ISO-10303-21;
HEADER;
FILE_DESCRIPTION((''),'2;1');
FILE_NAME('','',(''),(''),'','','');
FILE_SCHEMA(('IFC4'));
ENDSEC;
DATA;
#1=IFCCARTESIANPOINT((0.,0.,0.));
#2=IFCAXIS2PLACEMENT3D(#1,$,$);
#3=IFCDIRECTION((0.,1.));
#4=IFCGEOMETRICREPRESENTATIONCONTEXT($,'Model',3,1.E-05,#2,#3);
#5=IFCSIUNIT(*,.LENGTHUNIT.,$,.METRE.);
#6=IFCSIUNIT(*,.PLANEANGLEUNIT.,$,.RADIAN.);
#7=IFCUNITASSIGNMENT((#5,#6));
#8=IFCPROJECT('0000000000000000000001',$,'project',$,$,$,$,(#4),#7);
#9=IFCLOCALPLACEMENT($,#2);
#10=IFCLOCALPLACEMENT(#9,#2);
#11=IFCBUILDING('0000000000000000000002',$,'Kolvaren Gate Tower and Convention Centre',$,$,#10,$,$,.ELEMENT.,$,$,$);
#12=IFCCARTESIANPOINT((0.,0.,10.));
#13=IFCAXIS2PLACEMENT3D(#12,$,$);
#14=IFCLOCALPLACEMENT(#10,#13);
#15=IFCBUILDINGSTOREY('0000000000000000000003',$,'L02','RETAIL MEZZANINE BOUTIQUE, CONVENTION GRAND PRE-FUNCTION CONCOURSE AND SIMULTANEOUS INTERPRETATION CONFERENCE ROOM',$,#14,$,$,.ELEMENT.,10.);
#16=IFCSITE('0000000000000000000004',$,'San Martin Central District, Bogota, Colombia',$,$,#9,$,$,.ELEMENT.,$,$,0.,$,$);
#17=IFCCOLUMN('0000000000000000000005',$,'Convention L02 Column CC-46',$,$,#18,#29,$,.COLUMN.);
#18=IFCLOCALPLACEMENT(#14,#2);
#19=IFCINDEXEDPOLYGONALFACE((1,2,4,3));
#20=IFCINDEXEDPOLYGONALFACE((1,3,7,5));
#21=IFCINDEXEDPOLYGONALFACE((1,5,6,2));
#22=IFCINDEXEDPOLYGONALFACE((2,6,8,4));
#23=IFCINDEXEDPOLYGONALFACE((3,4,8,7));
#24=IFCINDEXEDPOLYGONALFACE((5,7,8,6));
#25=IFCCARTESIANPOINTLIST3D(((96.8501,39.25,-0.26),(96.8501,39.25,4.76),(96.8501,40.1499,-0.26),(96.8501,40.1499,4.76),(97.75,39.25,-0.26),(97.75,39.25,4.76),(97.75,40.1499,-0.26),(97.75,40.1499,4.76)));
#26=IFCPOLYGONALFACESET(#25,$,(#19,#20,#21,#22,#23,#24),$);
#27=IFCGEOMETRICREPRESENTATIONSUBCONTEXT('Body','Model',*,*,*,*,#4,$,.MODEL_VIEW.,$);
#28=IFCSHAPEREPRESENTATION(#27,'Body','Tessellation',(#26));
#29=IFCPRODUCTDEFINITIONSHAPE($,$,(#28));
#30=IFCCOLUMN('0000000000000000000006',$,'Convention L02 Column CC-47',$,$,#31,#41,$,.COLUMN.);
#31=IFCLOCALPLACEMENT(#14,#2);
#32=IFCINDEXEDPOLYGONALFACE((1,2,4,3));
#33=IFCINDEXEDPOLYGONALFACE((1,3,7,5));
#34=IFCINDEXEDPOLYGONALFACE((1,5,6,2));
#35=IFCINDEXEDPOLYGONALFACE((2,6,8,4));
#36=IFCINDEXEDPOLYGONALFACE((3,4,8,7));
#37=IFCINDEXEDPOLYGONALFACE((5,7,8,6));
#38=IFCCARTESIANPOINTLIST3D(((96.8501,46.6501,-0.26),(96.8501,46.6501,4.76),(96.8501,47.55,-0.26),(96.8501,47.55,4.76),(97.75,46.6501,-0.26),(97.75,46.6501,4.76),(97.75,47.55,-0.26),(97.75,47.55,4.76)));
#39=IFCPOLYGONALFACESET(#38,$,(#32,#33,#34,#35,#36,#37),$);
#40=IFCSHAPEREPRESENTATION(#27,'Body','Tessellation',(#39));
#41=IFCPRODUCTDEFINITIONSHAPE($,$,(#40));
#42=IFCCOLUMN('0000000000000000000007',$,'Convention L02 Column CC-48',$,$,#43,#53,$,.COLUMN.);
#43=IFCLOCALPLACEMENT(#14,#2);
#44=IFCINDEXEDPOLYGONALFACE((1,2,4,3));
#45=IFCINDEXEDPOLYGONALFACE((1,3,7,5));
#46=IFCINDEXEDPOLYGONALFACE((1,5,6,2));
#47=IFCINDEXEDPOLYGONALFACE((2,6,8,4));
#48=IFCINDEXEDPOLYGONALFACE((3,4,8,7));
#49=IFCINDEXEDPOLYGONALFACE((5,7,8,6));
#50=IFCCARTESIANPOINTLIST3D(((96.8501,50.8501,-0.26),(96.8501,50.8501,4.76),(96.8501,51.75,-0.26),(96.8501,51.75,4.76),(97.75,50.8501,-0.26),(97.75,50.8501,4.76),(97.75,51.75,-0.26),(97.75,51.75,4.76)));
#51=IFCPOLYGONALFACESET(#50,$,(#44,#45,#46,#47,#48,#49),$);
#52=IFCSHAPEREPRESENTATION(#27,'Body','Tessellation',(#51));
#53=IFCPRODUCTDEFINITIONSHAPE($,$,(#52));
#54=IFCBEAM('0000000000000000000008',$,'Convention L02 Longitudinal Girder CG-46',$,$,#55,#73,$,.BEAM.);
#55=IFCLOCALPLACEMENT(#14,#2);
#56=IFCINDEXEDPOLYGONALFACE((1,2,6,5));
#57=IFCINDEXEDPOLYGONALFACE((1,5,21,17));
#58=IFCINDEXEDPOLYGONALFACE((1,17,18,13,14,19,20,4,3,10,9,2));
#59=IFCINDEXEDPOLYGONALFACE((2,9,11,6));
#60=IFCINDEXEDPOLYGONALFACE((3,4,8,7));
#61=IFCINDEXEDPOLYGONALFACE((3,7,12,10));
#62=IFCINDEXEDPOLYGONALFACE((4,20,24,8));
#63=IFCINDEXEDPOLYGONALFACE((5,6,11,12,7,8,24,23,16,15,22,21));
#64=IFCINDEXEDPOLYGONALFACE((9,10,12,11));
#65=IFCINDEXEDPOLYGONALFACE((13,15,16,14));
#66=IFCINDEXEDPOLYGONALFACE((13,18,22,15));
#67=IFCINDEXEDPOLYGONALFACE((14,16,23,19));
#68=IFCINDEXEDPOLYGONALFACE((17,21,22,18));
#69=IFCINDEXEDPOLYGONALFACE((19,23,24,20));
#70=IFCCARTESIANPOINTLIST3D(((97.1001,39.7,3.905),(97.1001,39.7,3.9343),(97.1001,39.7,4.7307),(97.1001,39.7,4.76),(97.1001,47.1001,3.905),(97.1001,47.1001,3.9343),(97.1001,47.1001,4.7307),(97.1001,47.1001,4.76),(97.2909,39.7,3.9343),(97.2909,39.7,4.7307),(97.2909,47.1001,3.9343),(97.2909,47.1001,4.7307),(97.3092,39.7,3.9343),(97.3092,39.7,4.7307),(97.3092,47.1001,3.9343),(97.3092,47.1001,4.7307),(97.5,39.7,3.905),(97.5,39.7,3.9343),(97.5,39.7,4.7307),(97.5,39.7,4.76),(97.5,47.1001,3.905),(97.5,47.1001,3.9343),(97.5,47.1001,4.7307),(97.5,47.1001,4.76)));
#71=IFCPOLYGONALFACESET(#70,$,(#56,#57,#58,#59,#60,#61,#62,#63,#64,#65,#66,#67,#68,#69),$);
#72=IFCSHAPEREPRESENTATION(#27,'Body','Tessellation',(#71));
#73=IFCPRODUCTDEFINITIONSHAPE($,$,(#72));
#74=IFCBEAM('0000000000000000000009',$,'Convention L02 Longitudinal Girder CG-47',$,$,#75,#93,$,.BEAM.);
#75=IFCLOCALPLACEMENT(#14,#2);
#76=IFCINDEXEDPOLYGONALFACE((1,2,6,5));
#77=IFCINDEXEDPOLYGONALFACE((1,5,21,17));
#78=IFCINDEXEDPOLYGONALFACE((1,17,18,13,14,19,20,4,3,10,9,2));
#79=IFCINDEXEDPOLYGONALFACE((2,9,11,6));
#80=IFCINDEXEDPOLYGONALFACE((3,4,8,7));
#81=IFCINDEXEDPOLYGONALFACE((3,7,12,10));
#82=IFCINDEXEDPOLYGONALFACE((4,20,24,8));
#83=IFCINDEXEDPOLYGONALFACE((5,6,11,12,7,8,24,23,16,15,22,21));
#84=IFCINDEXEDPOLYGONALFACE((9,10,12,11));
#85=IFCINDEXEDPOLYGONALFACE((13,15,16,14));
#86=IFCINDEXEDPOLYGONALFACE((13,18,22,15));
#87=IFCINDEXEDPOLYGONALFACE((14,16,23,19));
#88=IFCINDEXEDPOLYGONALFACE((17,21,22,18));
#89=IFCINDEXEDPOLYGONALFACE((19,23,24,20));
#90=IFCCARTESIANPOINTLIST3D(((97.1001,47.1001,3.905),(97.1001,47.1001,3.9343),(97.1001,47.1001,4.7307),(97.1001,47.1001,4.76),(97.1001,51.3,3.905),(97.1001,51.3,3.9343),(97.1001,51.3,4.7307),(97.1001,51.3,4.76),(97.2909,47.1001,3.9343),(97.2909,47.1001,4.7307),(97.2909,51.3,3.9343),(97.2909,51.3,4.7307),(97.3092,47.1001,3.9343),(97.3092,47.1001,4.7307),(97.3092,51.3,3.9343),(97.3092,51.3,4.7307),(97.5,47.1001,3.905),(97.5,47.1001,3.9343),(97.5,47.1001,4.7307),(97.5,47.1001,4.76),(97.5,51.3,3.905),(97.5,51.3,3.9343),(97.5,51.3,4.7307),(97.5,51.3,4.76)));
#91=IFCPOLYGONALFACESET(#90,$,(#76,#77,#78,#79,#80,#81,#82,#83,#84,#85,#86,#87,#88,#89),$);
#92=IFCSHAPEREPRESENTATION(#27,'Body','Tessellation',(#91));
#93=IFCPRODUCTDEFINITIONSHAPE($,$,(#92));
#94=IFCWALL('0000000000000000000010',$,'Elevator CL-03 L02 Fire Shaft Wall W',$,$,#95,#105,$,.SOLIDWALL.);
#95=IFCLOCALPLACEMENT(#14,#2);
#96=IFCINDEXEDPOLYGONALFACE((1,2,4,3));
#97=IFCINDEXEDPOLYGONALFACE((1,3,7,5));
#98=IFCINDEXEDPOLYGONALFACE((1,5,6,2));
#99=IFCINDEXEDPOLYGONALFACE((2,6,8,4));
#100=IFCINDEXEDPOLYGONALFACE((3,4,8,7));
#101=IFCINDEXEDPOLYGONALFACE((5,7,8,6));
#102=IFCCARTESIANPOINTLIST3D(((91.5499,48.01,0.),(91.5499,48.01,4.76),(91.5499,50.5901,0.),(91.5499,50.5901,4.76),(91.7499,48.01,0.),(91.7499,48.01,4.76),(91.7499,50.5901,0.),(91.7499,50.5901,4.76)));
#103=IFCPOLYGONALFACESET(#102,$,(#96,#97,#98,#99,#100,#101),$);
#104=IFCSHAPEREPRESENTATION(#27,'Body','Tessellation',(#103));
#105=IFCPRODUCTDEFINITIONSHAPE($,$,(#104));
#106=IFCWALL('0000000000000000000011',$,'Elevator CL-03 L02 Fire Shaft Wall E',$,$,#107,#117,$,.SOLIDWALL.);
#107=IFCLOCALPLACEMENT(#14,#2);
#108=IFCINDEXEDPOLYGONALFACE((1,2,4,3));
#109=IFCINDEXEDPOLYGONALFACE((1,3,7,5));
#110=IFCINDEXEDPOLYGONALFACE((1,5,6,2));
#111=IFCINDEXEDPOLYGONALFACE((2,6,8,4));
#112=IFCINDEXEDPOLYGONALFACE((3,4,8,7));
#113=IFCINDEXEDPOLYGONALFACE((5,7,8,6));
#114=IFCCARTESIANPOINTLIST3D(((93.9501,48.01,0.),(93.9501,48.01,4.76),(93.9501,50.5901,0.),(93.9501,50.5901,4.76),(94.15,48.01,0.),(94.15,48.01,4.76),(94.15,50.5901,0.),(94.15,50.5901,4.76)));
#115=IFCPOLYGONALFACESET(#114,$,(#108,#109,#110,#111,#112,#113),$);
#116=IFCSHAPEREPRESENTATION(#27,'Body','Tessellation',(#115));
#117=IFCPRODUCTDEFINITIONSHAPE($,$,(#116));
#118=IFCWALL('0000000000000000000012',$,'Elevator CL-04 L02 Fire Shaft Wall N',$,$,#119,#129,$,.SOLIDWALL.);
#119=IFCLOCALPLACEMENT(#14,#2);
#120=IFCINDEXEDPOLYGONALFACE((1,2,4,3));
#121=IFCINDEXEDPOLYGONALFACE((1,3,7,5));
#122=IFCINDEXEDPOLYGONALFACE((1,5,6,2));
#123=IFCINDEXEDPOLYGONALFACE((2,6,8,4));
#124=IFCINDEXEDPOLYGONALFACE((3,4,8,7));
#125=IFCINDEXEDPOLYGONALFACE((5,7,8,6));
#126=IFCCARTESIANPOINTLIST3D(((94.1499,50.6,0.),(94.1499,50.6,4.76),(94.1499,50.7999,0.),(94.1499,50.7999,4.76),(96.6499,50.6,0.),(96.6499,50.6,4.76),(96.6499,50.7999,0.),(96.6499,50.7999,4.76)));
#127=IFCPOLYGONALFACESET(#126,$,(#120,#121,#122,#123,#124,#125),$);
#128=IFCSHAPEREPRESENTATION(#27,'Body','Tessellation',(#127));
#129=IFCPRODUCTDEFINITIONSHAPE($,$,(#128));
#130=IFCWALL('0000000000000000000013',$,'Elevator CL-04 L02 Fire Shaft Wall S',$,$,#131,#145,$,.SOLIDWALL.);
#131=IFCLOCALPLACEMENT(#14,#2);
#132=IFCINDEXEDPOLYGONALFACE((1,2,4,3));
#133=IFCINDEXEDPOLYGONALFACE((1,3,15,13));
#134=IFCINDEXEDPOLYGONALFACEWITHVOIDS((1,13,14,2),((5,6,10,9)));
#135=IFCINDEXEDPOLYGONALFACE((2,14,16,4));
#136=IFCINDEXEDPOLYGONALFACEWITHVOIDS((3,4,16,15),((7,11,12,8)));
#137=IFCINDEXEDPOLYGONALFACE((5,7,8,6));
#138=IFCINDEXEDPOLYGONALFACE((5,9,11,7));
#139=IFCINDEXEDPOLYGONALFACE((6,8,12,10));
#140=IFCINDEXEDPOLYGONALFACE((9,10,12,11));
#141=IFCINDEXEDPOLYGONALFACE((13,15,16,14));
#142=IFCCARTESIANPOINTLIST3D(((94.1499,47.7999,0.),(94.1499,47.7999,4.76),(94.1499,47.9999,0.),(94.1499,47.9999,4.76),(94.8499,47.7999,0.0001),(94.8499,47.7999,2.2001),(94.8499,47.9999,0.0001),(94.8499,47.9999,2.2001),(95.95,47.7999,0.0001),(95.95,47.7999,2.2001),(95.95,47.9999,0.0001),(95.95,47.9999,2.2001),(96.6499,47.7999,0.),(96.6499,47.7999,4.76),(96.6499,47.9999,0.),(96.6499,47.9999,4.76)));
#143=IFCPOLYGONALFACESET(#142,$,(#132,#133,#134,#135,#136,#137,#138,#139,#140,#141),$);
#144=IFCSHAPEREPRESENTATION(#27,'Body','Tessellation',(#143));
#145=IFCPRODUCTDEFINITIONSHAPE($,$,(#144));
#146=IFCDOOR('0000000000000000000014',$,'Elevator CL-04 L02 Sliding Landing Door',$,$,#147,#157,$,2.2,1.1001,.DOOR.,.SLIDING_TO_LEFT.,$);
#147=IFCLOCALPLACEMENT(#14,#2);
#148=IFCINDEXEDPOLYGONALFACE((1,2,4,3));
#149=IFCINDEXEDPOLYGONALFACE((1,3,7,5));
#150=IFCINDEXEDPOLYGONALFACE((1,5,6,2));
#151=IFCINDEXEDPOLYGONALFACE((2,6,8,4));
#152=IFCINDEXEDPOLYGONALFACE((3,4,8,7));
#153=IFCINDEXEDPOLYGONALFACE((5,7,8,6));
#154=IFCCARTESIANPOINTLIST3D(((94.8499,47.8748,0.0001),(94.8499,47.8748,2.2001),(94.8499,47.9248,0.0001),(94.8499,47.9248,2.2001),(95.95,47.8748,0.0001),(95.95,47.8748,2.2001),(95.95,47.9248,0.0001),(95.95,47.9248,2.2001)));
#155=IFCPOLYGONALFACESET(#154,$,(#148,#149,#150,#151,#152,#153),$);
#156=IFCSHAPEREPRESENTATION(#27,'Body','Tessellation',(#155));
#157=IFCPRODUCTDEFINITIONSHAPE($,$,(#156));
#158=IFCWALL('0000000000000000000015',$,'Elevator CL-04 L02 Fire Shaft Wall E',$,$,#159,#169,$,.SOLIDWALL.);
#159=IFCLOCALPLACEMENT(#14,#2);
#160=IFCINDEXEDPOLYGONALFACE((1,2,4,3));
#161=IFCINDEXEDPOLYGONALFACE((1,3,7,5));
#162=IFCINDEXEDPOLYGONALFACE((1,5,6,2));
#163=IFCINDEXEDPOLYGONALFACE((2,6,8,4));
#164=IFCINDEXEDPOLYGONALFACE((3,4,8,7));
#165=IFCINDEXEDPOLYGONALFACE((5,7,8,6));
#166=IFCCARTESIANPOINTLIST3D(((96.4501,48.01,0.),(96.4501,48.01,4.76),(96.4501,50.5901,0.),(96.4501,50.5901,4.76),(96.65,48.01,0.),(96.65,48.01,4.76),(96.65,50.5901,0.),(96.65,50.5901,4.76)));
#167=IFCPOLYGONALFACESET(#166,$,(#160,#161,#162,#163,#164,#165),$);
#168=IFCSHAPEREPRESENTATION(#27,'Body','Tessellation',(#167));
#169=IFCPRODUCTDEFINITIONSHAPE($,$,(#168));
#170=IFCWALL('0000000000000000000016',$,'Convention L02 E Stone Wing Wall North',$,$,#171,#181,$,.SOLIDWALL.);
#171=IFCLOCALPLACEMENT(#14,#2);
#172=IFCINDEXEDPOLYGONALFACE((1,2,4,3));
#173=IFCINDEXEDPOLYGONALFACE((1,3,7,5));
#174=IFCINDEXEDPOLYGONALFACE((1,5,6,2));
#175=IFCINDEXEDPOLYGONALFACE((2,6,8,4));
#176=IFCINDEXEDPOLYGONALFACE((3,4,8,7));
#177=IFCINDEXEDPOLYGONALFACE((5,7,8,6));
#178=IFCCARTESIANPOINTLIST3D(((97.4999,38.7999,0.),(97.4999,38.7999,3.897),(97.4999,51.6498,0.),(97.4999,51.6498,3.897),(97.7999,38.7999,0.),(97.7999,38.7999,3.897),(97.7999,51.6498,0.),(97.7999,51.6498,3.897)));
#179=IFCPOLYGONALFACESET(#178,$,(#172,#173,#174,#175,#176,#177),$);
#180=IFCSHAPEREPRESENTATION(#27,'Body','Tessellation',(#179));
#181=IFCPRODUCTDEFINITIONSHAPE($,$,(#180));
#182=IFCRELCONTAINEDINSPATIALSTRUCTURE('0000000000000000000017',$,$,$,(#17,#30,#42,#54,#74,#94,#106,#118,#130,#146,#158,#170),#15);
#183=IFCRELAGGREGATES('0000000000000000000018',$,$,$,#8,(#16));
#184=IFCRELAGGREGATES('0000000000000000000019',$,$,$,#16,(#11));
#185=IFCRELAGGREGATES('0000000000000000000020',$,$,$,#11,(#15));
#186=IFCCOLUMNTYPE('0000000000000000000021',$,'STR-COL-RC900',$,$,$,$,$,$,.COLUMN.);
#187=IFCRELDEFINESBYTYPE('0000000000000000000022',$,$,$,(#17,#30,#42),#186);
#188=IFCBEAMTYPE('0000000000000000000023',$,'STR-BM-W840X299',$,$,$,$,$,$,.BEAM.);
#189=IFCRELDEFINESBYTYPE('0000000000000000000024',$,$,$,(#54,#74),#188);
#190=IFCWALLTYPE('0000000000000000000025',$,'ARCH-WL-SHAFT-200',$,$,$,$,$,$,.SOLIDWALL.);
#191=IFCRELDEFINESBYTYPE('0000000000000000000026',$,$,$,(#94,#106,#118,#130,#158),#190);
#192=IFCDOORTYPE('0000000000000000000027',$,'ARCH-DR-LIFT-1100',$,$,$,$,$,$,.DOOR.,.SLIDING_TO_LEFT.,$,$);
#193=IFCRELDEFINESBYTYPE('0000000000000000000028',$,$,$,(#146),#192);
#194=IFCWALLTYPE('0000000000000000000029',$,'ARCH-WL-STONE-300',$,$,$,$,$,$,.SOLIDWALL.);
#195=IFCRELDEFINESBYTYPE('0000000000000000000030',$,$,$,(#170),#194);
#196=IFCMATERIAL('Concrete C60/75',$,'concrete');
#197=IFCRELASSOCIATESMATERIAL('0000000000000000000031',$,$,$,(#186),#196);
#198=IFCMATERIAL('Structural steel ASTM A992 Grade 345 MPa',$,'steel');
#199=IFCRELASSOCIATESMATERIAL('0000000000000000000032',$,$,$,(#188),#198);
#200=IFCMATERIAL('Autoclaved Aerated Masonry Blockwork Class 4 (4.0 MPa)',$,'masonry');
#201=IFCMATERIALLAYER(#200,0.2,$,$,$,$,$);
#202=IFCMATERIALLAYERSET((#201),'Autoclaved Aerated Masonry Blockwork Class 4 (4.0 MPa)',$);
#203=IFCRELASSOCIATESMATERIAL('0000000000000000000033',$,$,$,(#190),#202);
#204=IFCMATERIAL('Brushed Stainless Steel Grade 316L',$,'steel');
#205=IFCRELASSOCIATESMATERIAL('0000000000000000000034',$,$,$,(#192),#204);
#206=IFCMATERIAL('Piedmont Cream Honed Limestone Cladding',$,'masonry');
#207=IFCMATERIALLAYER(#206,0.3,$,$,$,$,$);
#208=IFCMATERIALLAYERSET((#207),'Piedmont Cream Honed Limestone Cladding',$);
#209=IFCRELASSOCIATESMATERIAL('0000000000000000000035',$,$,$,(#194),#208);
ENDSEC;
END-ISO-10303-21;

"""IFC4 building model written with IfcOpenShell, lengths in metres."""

from ifc_helpers import new_model, si_unit, direction, frame, frame_2d, origin, origin_2d, place, context, subcontext, project, spatial, rectangle, i_section, extrude, material, layer, layer_set, material_profile, profile_set, type_object, element, fill, save


model = new_model("IFC4")

# Units and contexts
model_context = context("Model", 3, precision=1e-05, world=origin(), true_north=direction((0.0, 1.0)))
body_context = subcontext(model_context, "Body", "Model", "MODEL_VIEW")
ifc_project = project(units=[si_unit("LENGTHUNIT", "METRE"), si_unit("PLANEANGLEUNIT", "RADIAN")], contexts=[model_context])

# Site, building, storey
site_placement = place(None, origin())
site = spatial("IfcSite", under=ifc_project, at=site_placement, Name="San Martin Central District, Bogota, Colombia", CompositionType="ELEMENT", RefElevation=0.0)
building_placement = place(site_placement, origin())
building = spatial("IfcBuilding", under=site, at=building_placement, Name="Kolvaren Gate Tower and Convention Centre", CompositionType="ELEMENT")
storey_placement = place(building_placement, frame((0.0, 0.0, 10.0)))
storey = spatial("IfcBuildingStorey", under=building, at=storey_placement, Name="L02", Description="RETAIL MEZZANINE BOUTIQUE, CONVENTION GRAND PRE-FUNCTION CONCOURSE AND SIMULTANEOUS INTERPRETATION CONFERENCE ROOM", CompositionType="ELEMENT", Elevation=10.0)

# Columns
ifc_material_1 = material(Name="Concrete C60/75", Category="concrete")
ifc_material_profile_1 = material_profile(ifc_material_1, rectangle(XDim=0.8999, YDim=0.8999, at=origin_2d()), Name="RC-COL-900X900")
ifc_profile_set_1 = profile_set([ifc_material_profile_1], Name="Concrete C60/75")
column_type = type_object("IfcColumnType", Name="STR-COL-RC900", PredefinedType="COLUMN", material=ifc_profile_set_1)
for number, where, z_axis, x_axis, name in (
    (1, (97.3, 39.7, -0.26), (0.0, 0.0, 1.0), (1.0, 0.0, 0.0), "Convention L02 Column CC-46"),
    (2, (97.3, 47.1001, -0.26), (0.0, 0.0, 1.0), (1.0, 0.0, 0.0), "Convention L02 Column CC-47"),
    (3, (97.3, 51.3, -0.26), (0.0, 0.0, 1.0), (1.0, 0.0, 0.0), "Convention L02 Column CC-48"),
):
    element("IfcColumn", number, at=place(storey_placement, frame(where, z_axis=z_axis, x_axis=x_axis)), inside=storey, type_object=column_type, Name=name, PredefinedType="COLUMN", context=body_context, shape_type="SweptSolid", body=[
        extrude(rectangle(XDim=0.8999, YDim=0.8999, at=origin_2d()), origin(), (0.0, 0.0, 1.0), 5.02),
    ])

# Beams
ifc_material_2 = material(Name="Structural steel ASTM A992 Grade 345 MPa", Category="steel")
ifc_material_profile_2 = material_profile(ifc_material_2, i_section(OverallWidth=0.3999, OverallDepth=0.855, WebThickness=0.0183, FlangeThickness=0.0293, at=origin_2d()), Name="W840X299")
ifc_profile_set_2 = profile_set([ifc_material_profile_2], Name="Structural steel ASTM A992 Grade 345 MPa")
beam_type = type_object("IfcBeamType", Name="STR-BM-W840X299", PredefinedType="BEAM", material=ifc_profile_set_2)
beam_1_placement = place(storey_placement, frame((97.3, 39.7, 4.3325), z_axis=(0.0, 1.0, 0.0), x_axis=(-1.0, 0.0, 0.0)))
element("IfcBeam", 4, at=beam_1_placement, inside=storey, type_object=beam_type, Name="Convention L02 Longitudinal Girder CG-46", PredefinedType="BEAM", context=body_context, shape_type="SweptSolid", body=[
    extrude(i_section(OverallWidth=0.3999, OverallDepth=0.855, WebThickness=0.0183, FlangeThickness=0.0293, at=origin_2d()), origin(), (0.0, 0.0, 1.0), 7.4001),
])
beam_2_placement = place(storey_placement, frame((97.3, 47.1001, 4.3325), z_axis=(0.0, 1.0, 0.0), x_axis=(-1.0, 0.0, 0.0)))
element("IfcBeam", 5, at=beam_2_placement, inside=storey, type_object=beam_type, Name="Convention L02 Longitudinal Girder CG-47", PredefinedType="BEAM", context=body_context, shape_type="SweptSolid", body=[
    extrude(i_section(OverallWidth=0.3999, OverallDepth=0.855, WebThickness=0.0183, FlangeThickness=0.0293, at=origin_2d()), origin(), (0.0, 0.0, 1.0), 4.2),
])

# Walls
ifc_material_3 = material(Name="Autoclaved Aerated Masonry Blockwork Class 4 (4.0 MPa)", Category="masonry")
ifc_layer_1 = layer(ifc_material_3, 0.2)
ifc_layer_set_1 = layer_set([ifc_layer_1], Name="Autoclaved Aerated Masonry Blockwork Class 4 (4.0 MPa)")
wall_type_1 = type_object("IfcWallType", Name="ARCH-WL-SHAFT-200", PredefinedType="SOLIDWALL", material=ifc_layer_set_1)
for number, where, z_axis, x_axis, name in (
    (6, (91.6499, 48.01, 0.0), (0.0, 0.0, 1.0), (0.0, 1.0, 0.0), "Elevator CL-03 L02 Fire Shaft Wall W"),
    (7, (94.05, 48.01, 0.0), (0.0, 0.0, 1.0), (0.0, 1.0, 0.0), "Elevator CL-03 L02 Fire Shaft Wall E"),
):
    element("IfcWall", number, at=place(storey_placement, frame(where, z_axis=z_axis, x_axis=x_axis)), inside=storey, type_object=wall_type_1, Name=name, PredefinedType="SOLIDWALL", context=body_context, shape_type="SweptSolid", body=[
        extrude(rectangle(XDim=2.5801, YDim=0.2, at=frame_2d((1.29, 0.0))), origin(), (0.0, 0.0, 1.0), 4.76),
    ])
wall_1_placement = place(storey_placement, frame((94.1499, 50.7, 0.0), z_axis=(0.0, 0.0, 1.0), x_axis=(1.0, 0.0, 0.0)))
element("IfcWall", 8, at=wall_1_placement, inside=storey, type_object=wall_type_1, Name="Elevator CL-04 L02 Fire Shaft Wall N", PredefinedType="SOLIDWALL", context=body_context, shape_type="SweptSolid", body=[
    extrude(rectangle(XDim=2.5, YDim=0.2, at=frame_2d((1.25, 0.0))), origin(), (0.0, 0.0, 1.0), 4.76),
])

# Wall, opening, door
wall_2_placement = place(storey_placement, frame((94.1499, 47.8999, 0.0), z_axis=(0.0, 0.0, 1.0), x_axis=(1.0, 0.0, 0.0)))
wall_2 = element("IfcWall", 9, at=wall_2_placement, inside=storey, type_object=wall_type_1, Name="Elevator CL-04 L02 Fire Shaft Wall S", PredefinedType="SOLIDWALL", context=body_context, shape_type="SweptSolid", body=[
    extrude(rectangle(XDim=2.5, YDim=0.2, at=frame_2d((1.25, 0.0))), origin(), (0.0, 0.0, 1.0), 4.76),
])
opening_1_placement = place(wall_2_placement, frame((0.7, 0.0, 0.0)))
opening_1 = element("IfcOpeningElement", 10, at=opening_1_placement, cuts=wall_2, PredefinedType="OPENING", context=body_context, shape_type="SweptSolid", body=[
    extrude(rectangle(XDim=1.1001, YDim=2.2, at=frame_2d((0.55, 1.1001))), frame((0.0, 0.1099, 0.0), z_axis=(0.0, -1.0, 0.0), x_axis=(1.0, 0.0, 0.0)), (0.0, 0.0, 1.0), 0.22),
])
ifc_material_4 = material(Name="Brushed Stainless Steel Grade 316L", Category="steel")
door_type_1 = type_object("IfcDoorType", Name="ARCH-DR-LIFT-1100", OperationType="SLIDING_TO_LEFT", PredefinedType="DOOR", material=ifc_material_4)
door_1_placement = place(opening_1_placement, origin())
door_1 = element("IfcDoor", 11, at=door_1_placement, inside=storey, type_object=door_type_1, Name="Elevator CL-04 L02 Sliding Landing Door", OperationType="SLIDING_TO_LEFT", OverallHeight=2.2, OverallWidth=1.1001, PredefinedType="DOOR", context=body_context, shape_type="SweptSolid", body=[
    extrude(rectangle(XDim=1.1001, YDim=2.2, at=frame_2d((0.55, 1.1001))), frame((0.0, 0.0249, 0.0), z_axis=(0.0, -1.0, 0.0), x_axis=(1.0, 0.0, 0.0)), (0.0, 0.0, 1.0), 0.05),
])
fill(opening_1, door_1)

# Walls
wall_3_placement = place(storey_placement, frame((96.55, 48.01, 0.0), z_axis=(0.0, 0.0, 1.0), x_axis=(0.0, 1.0, 0.0)))
element("IfcWall", 12, at=wall_3_placement, inside=storey, type_object=wall_type_1, Name="Elevator CL-04 L02 Fire Shaft Wall E", PredefinedType="SOLIDWALL", context=body_context, shape_type="SweptSolid", body=[
    extrude(rectangle(XDim=2.5801, YDim=0.2, at=frame_2d((1.29, 0.0))), origin(), (0.0, 0.0, 1.0), 4.76),
])
ifc_material_5 = material(Name="Piedmont Cream Honed Limestone Cladding", Category="masonry")
ifc_layer_2 = layer(ifc_material_5, 0.3)
ifc_layer_set_2 = layer_set([ifc_layer_2], Name="Piedmont Cream Honed Limestone Cladding")
wall_type_2 = type_object("IfcWallType", Name="ARCH-WL-STONE-300", PredefinedType="SOLIDWALL", material=ifc_layer_set_2)
wall_4_placement = place(storey_placement, frame((97.6499, 38.8, 0.0), z_axis=(0.0, 0.0, 1.0), x_axis=(0.0, 1.0, 0.0)))
element("IfcWall", 13, at=wall_4_placement, inside=storey, type_object=wall_type_2, Name="Convention L02 E Stone Wing Wall North", PredefinedType="SOLIDWALL", context=body_context, shape_type="SweptSolid", body=[
    extrude(rectangle(XDim=12.8499, YDim=0.3, at=frame_2d((6.4248, 0.0))), origin(), (0.0, 0.0, 1.0), 3.897),
])

save(model, "model.ifc")
